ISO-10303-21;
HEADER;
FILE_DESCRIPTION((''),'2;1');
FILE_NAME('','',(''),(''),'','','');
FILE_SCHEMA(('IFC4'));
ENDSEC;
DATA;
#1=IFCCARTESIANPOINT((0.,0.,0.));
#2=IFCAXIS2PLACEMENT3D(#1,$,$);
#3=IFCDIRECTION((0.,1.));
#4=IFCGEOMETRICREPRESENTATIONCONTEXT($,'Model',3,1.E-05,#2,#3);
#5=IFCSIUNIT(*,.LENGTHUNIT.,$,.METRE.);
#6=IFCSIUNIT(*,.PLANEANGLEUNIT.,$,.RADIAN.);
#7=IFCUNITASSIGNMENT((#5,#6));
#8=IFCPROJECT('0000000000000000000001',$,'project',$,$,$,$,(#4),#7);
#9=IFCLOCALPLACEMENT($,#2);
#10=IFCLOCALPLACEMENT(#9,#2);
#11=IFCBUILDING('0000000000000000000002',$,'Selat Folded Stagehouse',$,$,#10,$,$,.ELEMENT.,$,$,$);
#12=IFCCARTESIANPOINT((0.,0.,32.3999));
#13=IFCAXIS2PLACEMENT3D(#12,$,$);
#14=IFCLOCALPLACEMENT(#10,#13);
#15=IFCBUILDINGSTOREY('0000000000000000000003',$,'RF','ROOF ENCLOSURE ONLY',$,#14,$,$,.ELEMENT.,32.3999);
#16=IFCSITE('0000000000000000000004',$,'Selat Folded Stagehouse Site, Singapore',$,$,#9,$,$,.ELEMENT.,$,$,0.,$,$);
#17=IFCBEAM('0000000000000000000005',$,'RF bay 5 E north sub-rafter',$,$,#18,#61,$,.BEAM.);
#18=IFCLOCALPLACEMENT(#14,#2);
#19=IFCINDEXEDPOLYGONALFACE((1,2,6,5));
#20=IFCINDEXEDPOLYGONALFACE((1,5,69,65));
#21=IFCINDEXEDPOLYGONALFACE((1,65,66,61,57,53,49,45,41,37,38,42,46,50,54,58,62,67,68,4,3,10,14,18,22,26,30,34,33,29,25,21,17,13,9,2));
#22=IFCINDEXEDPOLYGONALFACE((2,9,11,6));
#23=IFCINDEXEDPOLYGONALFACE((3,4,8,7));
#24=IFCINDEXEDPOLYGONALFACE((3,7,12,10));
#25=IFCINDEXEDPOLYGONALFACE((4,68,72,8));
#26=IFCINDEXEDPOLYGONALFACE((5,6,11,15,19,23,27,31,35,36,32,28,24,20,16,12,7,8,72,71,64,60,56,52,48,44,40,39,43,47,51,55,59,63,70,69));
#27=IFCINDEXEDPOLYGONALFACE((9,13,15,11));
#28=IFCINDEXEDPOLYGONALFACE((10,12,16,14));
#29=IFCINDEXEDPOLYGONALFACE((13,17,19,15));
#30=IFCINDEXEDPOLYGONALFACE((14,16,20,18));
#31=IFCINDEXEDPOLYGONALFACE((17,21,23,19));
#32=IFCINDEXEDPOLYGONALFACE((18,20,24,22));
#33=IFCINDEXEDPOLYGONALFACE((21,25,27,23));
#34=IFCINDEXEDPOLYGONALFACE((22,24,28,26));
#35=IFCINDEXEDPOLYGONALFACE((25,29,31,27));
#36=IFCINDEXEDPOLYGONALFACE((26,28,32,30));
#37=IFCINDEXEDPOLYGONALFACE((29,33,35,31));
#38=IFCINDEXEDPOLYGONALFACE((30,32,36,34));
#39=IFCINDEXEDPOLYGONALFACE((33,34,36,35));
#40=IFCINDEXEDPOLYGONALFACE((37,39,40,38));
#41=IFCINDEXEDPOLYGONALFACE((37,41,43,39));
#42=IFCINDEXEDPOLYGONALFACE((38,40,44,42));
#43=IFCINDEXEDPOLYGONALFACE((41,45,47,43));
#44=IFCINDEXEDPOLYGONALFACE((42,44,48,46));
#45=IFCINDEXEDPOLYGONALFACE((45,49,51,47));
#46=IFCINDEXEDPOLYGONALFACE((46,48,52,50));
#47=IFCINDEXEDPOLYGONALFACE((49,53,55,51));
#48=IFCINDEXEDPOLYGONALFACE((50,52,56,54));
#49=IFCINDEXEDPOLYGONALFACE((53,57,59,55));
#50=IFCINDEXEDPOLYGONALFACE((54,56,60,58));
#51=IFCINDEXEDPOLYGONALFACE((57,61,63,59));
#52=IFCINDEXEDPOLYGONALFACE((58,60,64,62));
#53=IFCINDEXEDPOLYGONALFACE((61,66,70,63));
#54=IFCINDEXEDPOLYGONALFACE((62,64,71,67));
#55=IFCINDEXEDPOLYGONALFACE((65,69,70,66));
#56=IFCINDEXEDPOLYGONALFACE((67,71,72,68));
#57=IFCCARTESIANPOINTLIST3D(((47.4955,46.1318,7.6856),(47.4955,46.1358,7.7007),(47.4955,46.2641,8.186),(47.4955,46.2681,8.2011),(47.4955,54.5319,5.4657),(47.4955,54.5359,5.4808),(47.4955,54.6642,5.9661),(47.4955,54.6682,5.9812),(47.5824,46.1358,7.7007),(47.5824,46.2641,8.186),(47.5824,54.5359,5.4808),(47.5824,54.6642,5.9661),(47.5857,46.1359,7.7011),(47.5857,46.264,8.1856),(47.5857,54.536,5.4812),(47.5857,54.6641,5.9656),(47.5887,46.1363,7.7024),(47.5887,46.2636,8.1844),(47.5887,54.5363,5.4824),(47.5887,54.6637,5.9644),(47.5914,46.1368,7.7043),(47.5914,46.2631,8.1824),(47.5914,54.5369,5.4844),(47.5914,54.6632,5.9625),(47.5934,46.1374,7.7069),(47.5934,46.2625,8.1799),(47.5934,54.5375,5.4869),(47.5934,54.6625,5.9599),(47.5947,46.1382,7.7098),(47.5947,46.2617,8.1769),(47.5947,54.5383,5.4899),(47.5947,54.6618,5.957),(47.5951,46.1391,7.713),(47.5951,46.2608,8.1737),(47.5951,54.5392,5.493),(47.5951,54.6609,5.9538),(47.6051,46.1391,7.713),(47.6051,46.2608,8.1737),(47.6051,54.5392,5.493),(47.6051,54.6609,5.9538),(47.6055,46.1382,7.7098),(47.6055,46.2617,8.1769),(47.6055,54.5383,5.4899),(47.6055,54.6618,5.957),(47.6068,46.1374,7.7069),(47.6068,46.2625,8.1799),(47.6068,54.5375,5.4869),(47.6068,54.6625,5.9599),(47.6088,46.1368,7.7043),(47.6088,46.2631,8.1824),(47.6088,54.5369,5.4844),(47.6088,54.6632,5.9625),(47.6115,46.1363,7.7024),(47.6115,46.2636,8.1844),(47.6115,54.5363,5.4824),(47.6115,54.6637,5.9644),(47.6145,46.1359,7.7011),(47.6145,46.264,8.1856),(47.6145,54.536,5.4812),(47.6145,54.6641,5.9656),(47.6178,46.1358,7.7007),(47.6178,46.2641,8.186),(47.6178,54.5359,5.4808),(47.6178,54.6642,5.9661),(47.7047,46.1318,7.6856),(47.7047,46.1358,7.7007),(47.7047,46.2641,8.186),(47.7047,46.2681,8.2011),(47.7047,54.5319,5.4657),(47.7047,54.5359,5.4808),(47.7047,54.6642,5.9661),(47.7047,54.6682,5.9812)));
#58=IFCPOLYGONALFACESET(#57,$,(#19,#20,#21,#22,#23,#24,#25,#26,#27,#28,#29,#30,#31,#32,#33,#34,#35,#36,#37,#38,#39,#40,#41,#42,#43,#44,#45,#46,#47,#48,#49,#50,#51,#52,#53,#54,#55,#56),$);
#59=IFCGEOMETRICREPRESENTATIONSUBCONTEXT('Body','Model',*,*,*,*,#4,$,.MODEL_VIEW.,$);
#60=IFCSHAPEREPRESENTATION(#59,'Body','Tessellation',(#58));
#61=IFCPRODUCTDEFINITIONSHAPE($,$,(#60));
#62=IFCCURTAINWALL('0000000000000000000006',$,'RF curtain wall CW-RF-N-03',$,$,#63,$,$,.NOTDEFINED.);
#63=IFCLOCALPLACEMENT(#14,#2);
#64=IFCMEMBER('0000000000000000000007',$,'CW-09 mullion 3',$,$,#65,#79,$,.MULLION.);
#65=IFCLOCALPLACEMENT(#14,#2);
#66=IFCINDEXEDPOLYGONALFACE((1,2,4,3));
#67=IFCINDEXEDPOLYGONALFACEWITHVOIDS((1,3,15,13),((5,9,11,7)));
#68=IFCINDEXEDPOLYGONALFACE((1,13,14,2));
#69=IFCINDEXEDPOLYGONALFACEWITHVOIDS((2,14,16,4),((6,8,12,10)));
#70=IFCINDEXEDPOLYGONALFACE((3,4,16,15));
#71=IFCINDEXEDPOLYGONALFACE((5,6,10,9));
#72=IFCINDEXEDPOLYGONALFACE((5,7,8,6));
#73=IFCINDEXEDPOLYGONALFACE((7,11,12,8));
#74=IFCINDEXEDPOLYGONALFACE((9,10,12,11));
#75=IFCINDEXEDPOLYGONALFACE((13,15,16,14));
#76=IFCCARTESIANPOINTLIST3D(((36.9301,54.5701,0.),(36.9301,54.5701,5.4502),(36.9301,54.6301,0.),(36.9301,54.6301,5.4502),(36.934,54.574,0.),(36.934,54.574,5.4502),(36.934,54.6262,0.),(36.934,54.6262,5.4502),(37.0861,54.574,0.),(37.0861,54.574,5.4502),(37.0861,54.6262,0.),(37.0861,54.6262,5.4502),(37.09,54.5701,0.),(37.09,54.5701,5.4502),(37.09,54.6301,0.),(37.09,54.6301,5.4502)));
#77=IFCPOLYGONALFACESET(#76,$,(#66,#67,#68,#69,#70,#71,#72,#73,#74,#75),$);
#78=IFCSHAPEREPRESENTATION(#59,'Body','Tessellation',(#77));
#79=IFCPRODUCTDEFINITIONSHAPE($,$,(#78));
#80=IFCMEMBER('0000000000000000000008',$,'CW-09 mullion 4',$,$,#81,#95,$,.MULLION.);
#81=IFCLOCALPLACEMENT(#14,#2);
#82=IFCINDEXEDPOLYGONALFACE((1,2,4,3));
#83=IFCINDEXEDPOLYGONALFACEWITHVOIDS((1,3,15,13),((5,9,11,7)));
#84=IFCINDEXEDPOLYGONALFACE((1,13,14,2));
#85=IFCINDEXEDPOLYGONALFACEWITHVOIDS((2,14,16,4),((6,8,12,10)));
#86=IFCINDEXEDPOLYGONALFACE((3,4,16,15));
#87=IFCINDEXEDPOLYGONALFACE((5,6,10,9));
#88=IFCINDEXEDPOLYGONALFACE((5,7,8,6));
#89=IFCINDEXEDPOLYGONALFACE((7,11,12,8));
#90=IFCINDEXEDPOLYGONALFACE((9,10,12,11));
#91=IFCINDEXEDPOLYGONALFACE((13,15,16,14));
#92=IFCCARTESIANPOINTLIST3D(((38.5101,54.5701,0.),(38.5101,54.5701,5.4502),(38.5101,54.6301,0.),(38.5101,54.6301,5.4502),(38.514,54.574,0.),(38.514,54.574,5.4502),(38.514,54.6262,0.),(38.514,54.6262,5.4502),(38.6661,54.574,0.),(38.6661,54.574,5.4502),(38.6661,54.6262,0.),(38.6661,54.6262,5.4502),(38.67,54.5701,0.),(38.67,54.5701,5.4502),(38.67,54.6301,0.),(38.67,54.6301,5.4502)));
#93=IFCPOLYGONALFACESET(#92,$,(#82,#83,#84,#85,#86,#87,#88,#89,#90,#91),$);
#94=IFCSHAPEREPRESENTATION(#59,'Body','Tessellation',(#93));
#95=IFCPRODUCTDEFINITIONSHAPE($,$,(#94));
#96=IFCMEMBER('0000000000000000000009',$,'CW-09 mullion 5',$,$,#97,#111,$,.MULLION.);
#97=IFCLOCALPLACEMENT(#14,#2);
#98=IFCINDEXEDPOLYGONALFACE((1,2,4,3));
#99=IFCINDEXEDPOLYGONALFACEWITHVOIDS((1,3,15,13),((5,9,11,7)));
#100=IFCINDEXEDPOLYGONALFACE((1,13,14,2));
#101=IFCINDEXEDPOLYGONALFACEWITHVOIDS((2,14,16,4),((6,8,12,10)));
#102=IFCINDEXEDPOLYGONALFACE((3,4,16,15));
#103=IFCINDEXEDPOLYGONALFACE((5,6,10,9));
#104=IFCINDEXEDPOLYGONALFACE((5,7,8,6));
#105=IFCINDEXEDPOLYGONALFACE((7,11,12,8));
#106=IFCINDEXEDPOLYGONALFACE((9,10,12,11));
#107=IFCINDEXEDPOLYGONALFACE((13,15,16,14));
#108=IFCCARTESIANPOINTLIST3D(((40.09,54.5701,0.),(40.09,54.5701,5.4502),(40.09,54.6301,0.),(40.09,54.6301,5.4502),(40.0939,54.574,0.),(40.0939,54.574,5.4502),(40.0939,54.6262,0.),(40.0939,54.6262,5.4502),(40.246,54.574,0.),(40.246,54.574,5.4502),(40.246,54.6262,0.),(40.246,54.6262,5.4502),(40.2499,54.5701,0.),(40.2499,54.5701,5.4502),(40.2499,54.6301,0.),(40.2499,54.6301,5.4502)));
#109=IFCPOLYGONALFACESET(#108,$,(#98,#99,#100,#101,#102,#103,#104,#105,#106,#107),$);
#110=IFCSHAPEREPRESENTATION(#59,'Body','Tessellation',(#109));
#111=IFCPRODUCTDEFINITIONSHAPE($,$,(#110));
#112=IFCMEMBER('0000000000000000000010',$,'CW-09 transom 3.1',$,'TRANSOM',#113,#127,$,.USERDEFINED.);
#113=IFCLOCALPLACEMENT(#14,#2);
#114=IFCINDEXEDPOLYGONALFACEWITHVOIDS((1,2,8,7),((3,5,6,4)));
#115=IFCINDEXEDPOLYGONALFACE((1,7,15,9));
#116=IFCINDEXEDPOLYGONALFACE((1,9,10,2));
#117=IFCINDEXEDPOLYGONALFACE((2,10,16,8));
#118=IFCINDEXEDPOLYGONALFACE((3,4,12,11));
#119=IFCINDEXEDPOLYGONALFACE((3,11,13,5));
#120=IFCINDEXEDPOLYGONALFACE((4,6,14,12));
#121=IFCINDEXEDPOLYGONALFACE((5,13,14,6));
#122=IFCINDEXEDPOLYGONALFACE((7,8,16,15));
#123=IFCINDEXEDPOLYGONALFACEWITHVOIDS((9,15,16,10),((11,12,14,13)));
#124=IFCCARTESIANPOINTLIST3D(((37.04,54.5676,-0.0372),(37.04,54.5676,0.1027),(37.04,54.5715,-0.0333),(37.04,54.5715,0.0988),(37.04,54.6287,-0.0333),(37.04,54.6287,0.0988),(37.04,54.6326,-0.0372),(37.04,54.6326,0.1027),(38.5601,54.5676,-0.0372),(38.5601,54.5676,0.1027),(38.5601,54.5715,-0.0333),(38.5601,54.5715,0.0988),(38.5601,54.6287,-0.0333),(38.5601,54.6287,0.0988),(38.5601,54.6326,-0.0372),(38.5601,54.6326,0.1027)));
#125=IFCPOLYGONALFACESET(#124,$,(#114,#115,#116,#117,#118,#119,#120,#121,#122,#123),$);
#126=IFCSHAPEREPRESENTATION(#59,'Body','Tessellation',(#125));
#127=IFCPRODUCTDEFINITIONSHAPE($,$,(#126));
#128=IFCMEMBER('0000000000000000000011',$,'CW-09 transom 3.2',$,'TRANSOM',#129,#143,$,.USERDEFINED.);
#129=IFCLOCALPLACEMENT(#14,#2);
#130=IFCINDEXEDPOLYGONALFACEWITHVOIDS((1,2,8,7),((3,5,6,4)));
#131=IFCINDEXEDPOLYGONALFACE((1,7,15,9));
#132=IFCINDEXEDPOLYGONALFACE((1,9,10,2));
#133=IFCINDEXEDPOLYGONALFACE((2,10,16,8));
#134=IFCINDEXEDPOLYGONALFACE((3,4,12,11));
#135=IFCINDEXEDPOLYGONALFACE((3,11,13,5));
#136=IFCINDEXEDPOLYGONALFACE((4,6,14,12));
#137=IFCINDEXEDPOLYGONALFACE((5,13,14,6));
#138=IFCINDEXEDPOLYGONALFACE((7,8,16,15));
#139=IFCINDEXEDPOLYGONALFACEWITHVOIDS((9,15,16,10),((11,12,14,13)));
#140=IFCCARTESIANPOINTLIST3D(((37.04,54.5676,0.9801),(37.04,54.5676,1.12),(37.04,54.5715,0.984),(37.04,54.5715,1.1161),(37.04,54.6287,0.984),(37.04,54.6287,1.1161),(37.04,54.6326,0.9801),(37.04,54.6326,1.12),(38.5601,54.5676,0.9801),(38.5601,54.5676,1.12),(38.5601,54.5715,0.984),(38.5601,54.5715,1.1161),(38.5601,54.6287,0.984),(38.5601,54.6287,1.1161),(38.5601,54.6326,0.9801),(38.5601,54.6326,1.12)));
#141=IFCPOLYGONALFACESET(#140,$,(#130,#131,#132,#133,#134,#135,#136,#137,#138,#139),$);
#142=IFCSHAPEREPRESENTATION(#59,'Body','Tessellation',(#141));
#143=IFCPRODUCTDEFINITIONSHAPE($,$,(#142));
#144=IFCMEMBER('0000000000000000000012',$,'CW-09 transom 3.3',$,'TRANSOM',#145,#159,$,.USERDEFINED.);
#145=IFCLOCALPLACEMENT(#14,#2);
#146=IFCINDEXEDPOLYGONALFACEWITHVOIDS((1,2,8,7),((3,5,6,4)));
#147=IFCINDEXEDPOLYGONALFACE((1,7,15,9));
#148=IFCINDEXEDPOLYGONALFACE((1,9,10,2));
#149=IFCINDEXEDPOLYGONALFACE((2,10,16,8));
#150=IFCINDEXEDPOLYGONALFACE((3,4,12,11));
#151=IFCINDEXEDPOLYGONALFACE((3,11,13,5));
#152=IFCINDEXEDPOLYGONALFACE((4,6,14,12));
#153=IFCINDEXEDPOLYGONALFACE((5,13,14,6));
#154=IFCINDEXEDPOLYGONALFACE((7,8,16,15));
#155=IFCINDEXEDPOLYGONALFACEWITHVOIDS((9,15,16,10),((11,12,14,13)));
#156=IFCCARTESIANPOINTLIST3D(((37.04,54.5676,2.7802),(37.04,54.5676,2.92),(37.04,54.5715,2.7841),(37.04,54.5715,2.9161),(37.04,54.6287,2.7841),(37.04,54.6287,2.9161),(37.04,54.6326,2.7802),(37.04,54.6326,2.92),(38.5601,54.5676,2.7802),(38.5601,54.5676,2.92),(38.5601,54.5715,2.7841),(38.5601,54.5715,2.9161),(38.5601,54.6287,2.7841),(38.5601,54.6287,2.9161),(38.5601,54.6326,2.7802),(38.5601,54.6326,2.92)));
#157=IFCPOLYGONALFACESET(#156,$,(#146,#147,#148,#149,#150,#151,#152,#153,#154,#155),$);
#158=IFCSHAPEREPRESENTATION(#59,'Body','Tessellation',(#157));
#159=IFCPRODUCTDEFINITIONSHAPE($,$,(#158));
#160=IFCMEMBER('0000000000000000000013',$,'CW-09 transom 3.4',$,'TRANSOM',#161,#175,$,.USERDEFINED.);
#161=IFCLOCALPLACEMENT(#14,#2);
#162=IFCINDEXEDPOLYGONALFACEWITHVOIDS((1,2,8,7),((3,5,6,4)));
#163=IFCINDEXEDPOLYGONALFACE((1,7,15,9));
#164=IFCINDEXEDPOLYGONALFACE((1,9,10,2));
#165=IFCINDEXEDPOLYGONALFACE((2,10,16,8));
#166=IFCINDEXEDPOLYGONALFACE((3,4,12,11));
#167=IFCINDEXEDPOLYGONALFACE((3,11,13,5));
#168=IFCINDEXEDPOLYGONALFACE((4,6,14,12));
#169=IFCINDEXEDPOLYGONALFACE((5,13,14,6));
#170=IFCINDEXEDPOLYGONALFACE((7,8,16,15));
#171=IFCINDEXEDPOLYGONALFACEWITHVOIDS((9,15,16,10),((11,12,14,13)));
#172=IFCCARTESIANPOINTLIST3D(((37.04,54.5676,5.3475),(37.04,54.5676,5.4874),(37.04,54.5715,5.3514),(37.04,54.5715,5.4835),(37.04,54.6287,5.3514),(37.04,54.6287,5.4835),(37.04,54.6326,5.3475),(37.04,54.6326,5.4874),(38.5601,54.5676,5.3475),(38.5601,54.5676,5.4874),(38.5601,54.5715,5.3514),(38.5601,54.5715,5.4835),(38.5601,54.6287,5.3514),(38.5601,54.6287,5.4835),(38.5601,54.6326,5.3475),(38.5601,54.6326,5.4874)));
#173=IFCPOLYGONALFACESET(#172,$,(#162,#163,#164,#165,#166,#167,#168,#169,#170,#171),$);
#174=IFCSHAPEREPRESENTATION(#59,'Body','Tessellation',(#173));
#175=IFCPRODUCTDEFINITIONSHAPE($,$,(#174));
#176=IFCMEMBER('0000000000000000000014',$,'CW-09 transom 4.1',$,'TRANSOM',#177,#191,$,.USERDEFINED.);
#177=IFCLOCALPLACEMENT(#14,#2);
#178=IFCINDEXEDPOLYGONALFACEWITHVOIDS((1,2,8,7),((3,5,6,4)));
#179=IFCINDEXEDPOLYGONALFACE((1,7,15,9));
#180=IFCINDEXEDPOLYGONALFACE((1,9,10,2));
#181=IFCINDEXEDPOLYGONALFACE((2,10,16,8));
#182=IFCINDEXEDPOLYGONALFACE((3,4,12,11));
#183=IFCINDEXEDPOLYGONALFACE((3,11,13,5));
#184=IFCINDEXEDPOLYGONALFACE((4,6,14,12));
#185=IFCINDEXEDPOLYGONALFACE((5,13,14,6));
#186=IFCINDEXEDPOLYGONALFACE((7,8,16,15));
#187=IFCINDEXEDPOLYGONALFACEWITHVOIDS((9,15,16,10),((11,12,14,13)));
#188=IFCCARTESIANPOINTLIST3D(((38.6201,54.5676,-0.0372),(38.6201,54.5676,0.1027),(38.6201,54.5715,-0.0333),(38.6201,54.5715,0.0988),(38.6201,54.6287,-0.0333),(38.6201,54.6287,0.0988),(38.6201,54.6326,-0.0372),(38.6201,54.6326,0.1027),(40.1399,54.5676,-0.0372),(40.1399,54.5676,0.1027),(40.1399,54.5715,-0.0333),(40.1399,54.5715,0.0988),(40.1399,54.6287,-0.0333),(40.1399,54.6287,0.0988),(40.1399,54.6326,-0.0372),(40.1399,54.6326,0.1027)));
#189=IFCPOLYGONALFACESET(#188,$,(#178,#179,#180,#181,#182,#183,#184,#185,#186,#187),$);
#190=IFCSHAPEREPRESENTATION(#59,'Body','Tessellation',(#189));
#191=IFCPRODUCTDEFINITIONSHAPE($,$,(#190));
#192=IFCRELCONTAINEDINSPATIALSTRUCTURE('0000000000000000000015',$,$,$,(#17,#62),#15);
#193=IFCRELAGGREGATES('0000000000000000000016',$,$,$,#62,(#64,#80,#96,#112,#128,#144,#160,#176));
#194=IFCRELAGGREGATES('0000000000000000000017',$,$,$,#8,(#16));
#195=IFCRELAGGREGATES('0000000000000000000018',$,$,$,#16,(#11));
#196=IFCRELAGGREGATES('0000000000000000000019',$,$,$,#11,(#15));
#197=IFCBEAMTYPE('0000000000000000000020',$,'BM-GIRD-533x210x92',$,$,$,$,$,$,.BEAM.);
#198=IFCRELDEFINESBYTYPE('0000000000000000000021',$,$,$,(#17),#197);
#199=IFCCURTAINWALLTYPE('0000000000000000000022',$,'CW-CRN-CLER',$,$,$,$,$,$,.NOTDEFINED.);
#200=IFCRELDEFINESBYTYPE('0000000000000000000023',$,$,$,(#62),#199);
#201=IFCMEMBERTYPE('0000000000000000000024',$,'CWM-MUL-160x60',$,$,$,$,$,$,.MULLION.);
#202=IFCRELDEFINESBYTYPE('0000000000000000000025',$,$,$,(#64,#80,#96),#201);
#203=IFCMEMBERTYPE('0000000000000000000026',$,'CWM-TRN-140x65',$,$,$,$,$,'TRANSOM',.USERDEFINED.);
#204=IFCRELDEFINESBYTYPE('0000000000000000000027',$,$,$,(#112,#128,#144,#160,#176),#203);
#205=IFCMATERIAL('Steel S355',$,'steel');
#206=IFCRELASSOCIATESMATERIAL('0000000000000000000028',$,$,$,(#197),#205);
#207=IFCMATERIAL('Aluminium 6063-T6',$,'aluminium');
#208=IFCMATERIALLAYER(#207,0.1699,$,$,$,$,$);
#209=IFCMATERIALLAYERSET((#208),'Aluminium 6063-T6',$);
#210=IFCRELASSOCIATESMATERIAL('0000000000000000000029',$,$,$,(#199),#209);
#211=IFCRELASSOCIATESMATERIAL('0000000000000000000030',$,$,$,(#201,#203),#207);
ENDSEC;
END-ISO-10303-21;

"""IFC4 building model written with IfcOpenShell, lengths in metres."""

from ifc_helpers import new_model, si_unit, direction, frame, origin, origin_2d, place, context, subcontext, project, spatial, hollow_rectangle, i_section, extrude, material, layer, layer_set, material_profile, profile_set, type_object, element, aggregate, save


model = new_model("IFC4")

# Units and contexts
model_context = context("Model", 3, precision=1e-05, world=origin(), true_north=direction((0.0, 1.0)))
body_context = subcontext(model_context, "Body", "Model", "MODEL_VIEW")
ifc_project = project(units=[si_unit("LENGTHUNIT", "METRE"), si_unit("PLANEANGLEUNIT", "RADIAN")], contexts=[model_context])

# Site, building, storey
site_placement = place(None, origin())
site = spatial("IfcSite", under=ifc_project, at=site_placement, Name="Selat Folded Stagehouse Site, Singapore", CompositionType="ELEMENT", RefElevation=0.0)
building_placement = place(site_placement, origin())
building = spatial("IfcBuilding", under=site, at=building_placement, Name="Selat Folded Stagehouse", CompositionType="ELEMENT")
storey_placement = place(building_placement, frame((0.0, 0.0, 32.3999)))
storey = spatial("IfcBuildingStorey", under=building, at=storey_placement, Name="RF", Description="ROOF ENCLOSURE ONLY", CompositionType="ELEMENT", Elevation=32.3999)

# Beam
ifc_material_1 = material(Name="Steel S355", Category="steel")
ifc_material_profile_1 = material_profile(ifc_material_1, i_section(OverallWidth=0.2092, OverallDepth=0.5332, WebThickness=0.01, FlangeThickness=0.0156, FilletRadius=0.0127, at=origin_2d()), Name="UKB 533x210x92")
ifc_profile_set_1 = profile_set([ifc_material_profile_1], Name="Steel S355")
beam_type_1 = type_object("IfcBeamType", Name="BM-GIRD-533x210x92", PredefinedType="BEAM", material=ifc_profile_set_1)
for number, where, z_axis, x_axis, name in (
    (1, (47.6001, 46.2, 7.9434), (0.0, 0.966808, -0.255506), (-1.0, 0.0, 0.0), "RF bay 5 E north sub-rafter"),
):
    element("IfcBeam", number, at=place(storey_placement, frame(where, z_axis=z_axis, x_axis=x_axis)), inside=storey, type_object=beam_type_1, Name=name, PredefinedType="BEAM", context=body_context, shape_type="SweptSolid", body=[
        extrude(i_section(OverallWidth=0.2092, OverallDepth=0.5332, WebThickness=0.01, FlangeThickness=0.0156, FilletRadius=0.0127, at=origin_2d()), origin(), (0.0, 0.0, 1.0), 8.6885),
    ])

# Curtain wall, members
ifc_material_2 = material(Name="Aluminium 6063-T6", Category="aluminium")
ifc_layer_1 = layer(ifc_material_2, 0.1699)
ifc_layer_set_1 = layer_set([ifc_layer_1], Name="Aluminium 6063-T6")
curtain_wall_type = type_object("IfcCurtainWallType", Name="CW-CRN-CLER", PredefinedType="NOTDEFINED", material=ifc_layer_set_1)
curtain_wall_placement = place(storey_placement, origin())
curtain_wall = element("IfcCurtainWall", 2, at=curtain_wall_placement, inside=storey, type_object=curtain_wall_type, Name="RF curtain wall CW-RF-N-03", PredefinedType="NOTDEFINED")
ifc_material_profile_2 = material_profile(ifc_material_2, hollow_rectangle(XDim=0.0601, YDim=0.1599, WallThickness=0.0039, at=origin_2d()), Name="ALU 160x60x4.0")
ifc_profile_set_2 = profile_set([ifc_material_profile_2], Name="Aluminium 6063-T6")
member_type_1 = type_object("IfcMemberType", Name="CWM-MUL-160x60", PredefinedType="MULLION", material=ifc_profile_set_2)
member_1_placement = place(storey_placement, frame((37.01, 54.6001, 0.0), z_axis=(0.0, 0.0, 1.0), x_axis=(0.0, 1.0, 0.0)))
member_1 = element("IfcMember", 3, at=member_1_placement, type_object=member_type_1, Name="CW-09 mullion 3", PredefinedType="MULLION", context=body_context, shape_type="SweptSolid", body=[
    extrude(hollow_rectangle(XDim=0.0601, YDim=0.1599, WallThickness=0.0039, at=origin_2d()), origin(), (0.0, 0.0, 1.0), 5.4502),
])
member_2_placement = place(storey_placement, frame((38.5901, 54.6001, 0.0), z_axis=(0.0, 0.0, 1.0), x_axis=(0.0, 1.0, 0.0)))
member_2 = element("IfcMember", 4, at=member_2_placement, type_object=member_type_1, Name="CW-09 mullion 4", PredefinedType="MULLION", context=body_context, shape_type="SweptSolid", body=[
    extrude(hollow_rectangle(XDim=0.0601, YDim=0.1599, WallThickness=0.0039, at=origin_2d()), origin(), (0.0, 0.0, 1.0), 5.4502),
])
member_3_placement = place(storey_placement, frame((40.1699, 54.6001, 0.0), z_axis=(0.0, 0.0, 1.0), x_axis=(0.0, 1.0, 0.0)))
member_3 = element("IfcMember", 5, at=member_3_placement, type_object=member_type_1, Name="CW-09 mullion 5", PredefinedType="MULLION", context=body_context, shape_type="SweptSolid", body=[
    extrude(hollow_rectangle(XDim=0.0601, YDim=0.1599, WallThickness=0.0039, at=origin_2d()), origin(), (0.0, 0.0, 1.0), 5.4502),
])
ifc_material_profile_3 = material_profile(ifc_material_2, hollow_rectangle(XDim=0.0649, YDim=0.1399, WallThickness=0.0039, at=origin_2d()), Name="ALU 140x65x4.0")
ifc_profile_set_3 = profile_set([ifc_material_profile_3], Name="Aluminium 6063-T6")
member_type_2 = type_object("IfcMemberType", Name="CWM-TRN-140x65", ElementType="TRANSOM", PredefinedType="USERDEFINED", material=ifc_profile_set_3)
member_4_placement = place(storey_placement, frame((37.04, 54.6001, 0.0327), z_axis=(1.0, 0.0, 0.0), x_axis=(0.0, 1.0, 0.0)))
member_4 = element("IfcMember", 6, at=member_4_placement, type_object=member_type_2, Name="CW-09 transom 3.1", ObjectType="TRANSOM", PredefinedType="USERDEFINED", context=body_context, shape_type="SweptSolid", body=[
    extrude(hollow_rectangle(XDim=0.0649, YDim=0.1399, WallThickness=0.0039, at=origin_2d()), origin(), (0.0, 0.0, 1.0), 1.52),
])
member_5_placement = place(storey_placement, frame((37.04, 54.6001, 1.05), z_axis=(1.0, 0.0, 0.0), x_axis=(0.0, 1.0, 0.0)))
member_5 = element("IfcMember", 7, at=member_5_placement, type_object=member_type_2, Name="CW-09 transom 3.2", ObjectType="TRANSOM", PredefinedType="USERDEFINED", context=body_context, shape_type="SweptSolid", body=[
    extrude(hollow_rectangle(XDim=0.0649, YDim=0.1399, WallThickness=0.0039, at=origin_2d()), origin(), (0.0, 0.0, 1.0), 1.52),
])
member_6_placement = place(storey_placement, frame((37.04, 54.6001, 2.8501), z_axis=(1.0, 0.0, 0.0), x_axis=(0.0, 1.0, 0.0)))
member_6 = element("IfcMember", 8, at=member_6_placement, type_object=member_type_2, Name="CW-09 transom 3.3", ObjectType="TRANSOM", PredefinedType="USERDEFINED", context=body_context, shape_type="SweptSolid", body=[
    extrude(hollow_rectangle(XDim=0.0649, YDim=0.1399, WallThickness=0.0039, at=origin_2d()), origin(), (0.0, 0.0, 1.0), 1.52),
])
member_7_placement = place(storey_placement, frame((37.04, 54.6001, 5.4175), z_axis=(1.0, 0.0, 0.0), x_axis=(0.0, 1.0, 0.0)))
member_7 = element("IfcMember", 9, at=member_7_placement, type_object=member_type_2, Name="CW-09 transom 3.4", ObjectType="TRANSOM", PredefinedType="USERDEFINED", context=body_context, shape_type="SweptSolid", body=[
    extrude(hollow_rectangle(XDim=0.0649, YDim=0.1399, WallThickness=0.0039, at=origin_2d()), origin(), (0.0, 0.0, 1.0), 1.52),
])
member_8_placement = place(storey_placement, frame((38.6201, 54.6001, 0.0327), z_axis=(1.0, 0.0, 0.0), x_axis=(0.0, 1.0, 0.0)))
member_8 = element("IfcMember", 10, at=member_8_placement, type_object=member_type_2, Name="CW-09 transom 4.1", ObjectType="TRANSOM", PredefinedType="USERDEFINED", context=body_context, shape_type="SweptSolid", body=[
    extrude(hollow_rectangle(XDim=0.0649, YDim=0.1399, WallThickness=0.0039, at=origin_2d()), origin(), (0.0, 0.0, 1.0), 1.5198),
])

aggregate(curtain_wall, [member_1, member_2, member_3, member_4, member_5, member_6, member_7, member_8])

save(model, "model.ifc")
